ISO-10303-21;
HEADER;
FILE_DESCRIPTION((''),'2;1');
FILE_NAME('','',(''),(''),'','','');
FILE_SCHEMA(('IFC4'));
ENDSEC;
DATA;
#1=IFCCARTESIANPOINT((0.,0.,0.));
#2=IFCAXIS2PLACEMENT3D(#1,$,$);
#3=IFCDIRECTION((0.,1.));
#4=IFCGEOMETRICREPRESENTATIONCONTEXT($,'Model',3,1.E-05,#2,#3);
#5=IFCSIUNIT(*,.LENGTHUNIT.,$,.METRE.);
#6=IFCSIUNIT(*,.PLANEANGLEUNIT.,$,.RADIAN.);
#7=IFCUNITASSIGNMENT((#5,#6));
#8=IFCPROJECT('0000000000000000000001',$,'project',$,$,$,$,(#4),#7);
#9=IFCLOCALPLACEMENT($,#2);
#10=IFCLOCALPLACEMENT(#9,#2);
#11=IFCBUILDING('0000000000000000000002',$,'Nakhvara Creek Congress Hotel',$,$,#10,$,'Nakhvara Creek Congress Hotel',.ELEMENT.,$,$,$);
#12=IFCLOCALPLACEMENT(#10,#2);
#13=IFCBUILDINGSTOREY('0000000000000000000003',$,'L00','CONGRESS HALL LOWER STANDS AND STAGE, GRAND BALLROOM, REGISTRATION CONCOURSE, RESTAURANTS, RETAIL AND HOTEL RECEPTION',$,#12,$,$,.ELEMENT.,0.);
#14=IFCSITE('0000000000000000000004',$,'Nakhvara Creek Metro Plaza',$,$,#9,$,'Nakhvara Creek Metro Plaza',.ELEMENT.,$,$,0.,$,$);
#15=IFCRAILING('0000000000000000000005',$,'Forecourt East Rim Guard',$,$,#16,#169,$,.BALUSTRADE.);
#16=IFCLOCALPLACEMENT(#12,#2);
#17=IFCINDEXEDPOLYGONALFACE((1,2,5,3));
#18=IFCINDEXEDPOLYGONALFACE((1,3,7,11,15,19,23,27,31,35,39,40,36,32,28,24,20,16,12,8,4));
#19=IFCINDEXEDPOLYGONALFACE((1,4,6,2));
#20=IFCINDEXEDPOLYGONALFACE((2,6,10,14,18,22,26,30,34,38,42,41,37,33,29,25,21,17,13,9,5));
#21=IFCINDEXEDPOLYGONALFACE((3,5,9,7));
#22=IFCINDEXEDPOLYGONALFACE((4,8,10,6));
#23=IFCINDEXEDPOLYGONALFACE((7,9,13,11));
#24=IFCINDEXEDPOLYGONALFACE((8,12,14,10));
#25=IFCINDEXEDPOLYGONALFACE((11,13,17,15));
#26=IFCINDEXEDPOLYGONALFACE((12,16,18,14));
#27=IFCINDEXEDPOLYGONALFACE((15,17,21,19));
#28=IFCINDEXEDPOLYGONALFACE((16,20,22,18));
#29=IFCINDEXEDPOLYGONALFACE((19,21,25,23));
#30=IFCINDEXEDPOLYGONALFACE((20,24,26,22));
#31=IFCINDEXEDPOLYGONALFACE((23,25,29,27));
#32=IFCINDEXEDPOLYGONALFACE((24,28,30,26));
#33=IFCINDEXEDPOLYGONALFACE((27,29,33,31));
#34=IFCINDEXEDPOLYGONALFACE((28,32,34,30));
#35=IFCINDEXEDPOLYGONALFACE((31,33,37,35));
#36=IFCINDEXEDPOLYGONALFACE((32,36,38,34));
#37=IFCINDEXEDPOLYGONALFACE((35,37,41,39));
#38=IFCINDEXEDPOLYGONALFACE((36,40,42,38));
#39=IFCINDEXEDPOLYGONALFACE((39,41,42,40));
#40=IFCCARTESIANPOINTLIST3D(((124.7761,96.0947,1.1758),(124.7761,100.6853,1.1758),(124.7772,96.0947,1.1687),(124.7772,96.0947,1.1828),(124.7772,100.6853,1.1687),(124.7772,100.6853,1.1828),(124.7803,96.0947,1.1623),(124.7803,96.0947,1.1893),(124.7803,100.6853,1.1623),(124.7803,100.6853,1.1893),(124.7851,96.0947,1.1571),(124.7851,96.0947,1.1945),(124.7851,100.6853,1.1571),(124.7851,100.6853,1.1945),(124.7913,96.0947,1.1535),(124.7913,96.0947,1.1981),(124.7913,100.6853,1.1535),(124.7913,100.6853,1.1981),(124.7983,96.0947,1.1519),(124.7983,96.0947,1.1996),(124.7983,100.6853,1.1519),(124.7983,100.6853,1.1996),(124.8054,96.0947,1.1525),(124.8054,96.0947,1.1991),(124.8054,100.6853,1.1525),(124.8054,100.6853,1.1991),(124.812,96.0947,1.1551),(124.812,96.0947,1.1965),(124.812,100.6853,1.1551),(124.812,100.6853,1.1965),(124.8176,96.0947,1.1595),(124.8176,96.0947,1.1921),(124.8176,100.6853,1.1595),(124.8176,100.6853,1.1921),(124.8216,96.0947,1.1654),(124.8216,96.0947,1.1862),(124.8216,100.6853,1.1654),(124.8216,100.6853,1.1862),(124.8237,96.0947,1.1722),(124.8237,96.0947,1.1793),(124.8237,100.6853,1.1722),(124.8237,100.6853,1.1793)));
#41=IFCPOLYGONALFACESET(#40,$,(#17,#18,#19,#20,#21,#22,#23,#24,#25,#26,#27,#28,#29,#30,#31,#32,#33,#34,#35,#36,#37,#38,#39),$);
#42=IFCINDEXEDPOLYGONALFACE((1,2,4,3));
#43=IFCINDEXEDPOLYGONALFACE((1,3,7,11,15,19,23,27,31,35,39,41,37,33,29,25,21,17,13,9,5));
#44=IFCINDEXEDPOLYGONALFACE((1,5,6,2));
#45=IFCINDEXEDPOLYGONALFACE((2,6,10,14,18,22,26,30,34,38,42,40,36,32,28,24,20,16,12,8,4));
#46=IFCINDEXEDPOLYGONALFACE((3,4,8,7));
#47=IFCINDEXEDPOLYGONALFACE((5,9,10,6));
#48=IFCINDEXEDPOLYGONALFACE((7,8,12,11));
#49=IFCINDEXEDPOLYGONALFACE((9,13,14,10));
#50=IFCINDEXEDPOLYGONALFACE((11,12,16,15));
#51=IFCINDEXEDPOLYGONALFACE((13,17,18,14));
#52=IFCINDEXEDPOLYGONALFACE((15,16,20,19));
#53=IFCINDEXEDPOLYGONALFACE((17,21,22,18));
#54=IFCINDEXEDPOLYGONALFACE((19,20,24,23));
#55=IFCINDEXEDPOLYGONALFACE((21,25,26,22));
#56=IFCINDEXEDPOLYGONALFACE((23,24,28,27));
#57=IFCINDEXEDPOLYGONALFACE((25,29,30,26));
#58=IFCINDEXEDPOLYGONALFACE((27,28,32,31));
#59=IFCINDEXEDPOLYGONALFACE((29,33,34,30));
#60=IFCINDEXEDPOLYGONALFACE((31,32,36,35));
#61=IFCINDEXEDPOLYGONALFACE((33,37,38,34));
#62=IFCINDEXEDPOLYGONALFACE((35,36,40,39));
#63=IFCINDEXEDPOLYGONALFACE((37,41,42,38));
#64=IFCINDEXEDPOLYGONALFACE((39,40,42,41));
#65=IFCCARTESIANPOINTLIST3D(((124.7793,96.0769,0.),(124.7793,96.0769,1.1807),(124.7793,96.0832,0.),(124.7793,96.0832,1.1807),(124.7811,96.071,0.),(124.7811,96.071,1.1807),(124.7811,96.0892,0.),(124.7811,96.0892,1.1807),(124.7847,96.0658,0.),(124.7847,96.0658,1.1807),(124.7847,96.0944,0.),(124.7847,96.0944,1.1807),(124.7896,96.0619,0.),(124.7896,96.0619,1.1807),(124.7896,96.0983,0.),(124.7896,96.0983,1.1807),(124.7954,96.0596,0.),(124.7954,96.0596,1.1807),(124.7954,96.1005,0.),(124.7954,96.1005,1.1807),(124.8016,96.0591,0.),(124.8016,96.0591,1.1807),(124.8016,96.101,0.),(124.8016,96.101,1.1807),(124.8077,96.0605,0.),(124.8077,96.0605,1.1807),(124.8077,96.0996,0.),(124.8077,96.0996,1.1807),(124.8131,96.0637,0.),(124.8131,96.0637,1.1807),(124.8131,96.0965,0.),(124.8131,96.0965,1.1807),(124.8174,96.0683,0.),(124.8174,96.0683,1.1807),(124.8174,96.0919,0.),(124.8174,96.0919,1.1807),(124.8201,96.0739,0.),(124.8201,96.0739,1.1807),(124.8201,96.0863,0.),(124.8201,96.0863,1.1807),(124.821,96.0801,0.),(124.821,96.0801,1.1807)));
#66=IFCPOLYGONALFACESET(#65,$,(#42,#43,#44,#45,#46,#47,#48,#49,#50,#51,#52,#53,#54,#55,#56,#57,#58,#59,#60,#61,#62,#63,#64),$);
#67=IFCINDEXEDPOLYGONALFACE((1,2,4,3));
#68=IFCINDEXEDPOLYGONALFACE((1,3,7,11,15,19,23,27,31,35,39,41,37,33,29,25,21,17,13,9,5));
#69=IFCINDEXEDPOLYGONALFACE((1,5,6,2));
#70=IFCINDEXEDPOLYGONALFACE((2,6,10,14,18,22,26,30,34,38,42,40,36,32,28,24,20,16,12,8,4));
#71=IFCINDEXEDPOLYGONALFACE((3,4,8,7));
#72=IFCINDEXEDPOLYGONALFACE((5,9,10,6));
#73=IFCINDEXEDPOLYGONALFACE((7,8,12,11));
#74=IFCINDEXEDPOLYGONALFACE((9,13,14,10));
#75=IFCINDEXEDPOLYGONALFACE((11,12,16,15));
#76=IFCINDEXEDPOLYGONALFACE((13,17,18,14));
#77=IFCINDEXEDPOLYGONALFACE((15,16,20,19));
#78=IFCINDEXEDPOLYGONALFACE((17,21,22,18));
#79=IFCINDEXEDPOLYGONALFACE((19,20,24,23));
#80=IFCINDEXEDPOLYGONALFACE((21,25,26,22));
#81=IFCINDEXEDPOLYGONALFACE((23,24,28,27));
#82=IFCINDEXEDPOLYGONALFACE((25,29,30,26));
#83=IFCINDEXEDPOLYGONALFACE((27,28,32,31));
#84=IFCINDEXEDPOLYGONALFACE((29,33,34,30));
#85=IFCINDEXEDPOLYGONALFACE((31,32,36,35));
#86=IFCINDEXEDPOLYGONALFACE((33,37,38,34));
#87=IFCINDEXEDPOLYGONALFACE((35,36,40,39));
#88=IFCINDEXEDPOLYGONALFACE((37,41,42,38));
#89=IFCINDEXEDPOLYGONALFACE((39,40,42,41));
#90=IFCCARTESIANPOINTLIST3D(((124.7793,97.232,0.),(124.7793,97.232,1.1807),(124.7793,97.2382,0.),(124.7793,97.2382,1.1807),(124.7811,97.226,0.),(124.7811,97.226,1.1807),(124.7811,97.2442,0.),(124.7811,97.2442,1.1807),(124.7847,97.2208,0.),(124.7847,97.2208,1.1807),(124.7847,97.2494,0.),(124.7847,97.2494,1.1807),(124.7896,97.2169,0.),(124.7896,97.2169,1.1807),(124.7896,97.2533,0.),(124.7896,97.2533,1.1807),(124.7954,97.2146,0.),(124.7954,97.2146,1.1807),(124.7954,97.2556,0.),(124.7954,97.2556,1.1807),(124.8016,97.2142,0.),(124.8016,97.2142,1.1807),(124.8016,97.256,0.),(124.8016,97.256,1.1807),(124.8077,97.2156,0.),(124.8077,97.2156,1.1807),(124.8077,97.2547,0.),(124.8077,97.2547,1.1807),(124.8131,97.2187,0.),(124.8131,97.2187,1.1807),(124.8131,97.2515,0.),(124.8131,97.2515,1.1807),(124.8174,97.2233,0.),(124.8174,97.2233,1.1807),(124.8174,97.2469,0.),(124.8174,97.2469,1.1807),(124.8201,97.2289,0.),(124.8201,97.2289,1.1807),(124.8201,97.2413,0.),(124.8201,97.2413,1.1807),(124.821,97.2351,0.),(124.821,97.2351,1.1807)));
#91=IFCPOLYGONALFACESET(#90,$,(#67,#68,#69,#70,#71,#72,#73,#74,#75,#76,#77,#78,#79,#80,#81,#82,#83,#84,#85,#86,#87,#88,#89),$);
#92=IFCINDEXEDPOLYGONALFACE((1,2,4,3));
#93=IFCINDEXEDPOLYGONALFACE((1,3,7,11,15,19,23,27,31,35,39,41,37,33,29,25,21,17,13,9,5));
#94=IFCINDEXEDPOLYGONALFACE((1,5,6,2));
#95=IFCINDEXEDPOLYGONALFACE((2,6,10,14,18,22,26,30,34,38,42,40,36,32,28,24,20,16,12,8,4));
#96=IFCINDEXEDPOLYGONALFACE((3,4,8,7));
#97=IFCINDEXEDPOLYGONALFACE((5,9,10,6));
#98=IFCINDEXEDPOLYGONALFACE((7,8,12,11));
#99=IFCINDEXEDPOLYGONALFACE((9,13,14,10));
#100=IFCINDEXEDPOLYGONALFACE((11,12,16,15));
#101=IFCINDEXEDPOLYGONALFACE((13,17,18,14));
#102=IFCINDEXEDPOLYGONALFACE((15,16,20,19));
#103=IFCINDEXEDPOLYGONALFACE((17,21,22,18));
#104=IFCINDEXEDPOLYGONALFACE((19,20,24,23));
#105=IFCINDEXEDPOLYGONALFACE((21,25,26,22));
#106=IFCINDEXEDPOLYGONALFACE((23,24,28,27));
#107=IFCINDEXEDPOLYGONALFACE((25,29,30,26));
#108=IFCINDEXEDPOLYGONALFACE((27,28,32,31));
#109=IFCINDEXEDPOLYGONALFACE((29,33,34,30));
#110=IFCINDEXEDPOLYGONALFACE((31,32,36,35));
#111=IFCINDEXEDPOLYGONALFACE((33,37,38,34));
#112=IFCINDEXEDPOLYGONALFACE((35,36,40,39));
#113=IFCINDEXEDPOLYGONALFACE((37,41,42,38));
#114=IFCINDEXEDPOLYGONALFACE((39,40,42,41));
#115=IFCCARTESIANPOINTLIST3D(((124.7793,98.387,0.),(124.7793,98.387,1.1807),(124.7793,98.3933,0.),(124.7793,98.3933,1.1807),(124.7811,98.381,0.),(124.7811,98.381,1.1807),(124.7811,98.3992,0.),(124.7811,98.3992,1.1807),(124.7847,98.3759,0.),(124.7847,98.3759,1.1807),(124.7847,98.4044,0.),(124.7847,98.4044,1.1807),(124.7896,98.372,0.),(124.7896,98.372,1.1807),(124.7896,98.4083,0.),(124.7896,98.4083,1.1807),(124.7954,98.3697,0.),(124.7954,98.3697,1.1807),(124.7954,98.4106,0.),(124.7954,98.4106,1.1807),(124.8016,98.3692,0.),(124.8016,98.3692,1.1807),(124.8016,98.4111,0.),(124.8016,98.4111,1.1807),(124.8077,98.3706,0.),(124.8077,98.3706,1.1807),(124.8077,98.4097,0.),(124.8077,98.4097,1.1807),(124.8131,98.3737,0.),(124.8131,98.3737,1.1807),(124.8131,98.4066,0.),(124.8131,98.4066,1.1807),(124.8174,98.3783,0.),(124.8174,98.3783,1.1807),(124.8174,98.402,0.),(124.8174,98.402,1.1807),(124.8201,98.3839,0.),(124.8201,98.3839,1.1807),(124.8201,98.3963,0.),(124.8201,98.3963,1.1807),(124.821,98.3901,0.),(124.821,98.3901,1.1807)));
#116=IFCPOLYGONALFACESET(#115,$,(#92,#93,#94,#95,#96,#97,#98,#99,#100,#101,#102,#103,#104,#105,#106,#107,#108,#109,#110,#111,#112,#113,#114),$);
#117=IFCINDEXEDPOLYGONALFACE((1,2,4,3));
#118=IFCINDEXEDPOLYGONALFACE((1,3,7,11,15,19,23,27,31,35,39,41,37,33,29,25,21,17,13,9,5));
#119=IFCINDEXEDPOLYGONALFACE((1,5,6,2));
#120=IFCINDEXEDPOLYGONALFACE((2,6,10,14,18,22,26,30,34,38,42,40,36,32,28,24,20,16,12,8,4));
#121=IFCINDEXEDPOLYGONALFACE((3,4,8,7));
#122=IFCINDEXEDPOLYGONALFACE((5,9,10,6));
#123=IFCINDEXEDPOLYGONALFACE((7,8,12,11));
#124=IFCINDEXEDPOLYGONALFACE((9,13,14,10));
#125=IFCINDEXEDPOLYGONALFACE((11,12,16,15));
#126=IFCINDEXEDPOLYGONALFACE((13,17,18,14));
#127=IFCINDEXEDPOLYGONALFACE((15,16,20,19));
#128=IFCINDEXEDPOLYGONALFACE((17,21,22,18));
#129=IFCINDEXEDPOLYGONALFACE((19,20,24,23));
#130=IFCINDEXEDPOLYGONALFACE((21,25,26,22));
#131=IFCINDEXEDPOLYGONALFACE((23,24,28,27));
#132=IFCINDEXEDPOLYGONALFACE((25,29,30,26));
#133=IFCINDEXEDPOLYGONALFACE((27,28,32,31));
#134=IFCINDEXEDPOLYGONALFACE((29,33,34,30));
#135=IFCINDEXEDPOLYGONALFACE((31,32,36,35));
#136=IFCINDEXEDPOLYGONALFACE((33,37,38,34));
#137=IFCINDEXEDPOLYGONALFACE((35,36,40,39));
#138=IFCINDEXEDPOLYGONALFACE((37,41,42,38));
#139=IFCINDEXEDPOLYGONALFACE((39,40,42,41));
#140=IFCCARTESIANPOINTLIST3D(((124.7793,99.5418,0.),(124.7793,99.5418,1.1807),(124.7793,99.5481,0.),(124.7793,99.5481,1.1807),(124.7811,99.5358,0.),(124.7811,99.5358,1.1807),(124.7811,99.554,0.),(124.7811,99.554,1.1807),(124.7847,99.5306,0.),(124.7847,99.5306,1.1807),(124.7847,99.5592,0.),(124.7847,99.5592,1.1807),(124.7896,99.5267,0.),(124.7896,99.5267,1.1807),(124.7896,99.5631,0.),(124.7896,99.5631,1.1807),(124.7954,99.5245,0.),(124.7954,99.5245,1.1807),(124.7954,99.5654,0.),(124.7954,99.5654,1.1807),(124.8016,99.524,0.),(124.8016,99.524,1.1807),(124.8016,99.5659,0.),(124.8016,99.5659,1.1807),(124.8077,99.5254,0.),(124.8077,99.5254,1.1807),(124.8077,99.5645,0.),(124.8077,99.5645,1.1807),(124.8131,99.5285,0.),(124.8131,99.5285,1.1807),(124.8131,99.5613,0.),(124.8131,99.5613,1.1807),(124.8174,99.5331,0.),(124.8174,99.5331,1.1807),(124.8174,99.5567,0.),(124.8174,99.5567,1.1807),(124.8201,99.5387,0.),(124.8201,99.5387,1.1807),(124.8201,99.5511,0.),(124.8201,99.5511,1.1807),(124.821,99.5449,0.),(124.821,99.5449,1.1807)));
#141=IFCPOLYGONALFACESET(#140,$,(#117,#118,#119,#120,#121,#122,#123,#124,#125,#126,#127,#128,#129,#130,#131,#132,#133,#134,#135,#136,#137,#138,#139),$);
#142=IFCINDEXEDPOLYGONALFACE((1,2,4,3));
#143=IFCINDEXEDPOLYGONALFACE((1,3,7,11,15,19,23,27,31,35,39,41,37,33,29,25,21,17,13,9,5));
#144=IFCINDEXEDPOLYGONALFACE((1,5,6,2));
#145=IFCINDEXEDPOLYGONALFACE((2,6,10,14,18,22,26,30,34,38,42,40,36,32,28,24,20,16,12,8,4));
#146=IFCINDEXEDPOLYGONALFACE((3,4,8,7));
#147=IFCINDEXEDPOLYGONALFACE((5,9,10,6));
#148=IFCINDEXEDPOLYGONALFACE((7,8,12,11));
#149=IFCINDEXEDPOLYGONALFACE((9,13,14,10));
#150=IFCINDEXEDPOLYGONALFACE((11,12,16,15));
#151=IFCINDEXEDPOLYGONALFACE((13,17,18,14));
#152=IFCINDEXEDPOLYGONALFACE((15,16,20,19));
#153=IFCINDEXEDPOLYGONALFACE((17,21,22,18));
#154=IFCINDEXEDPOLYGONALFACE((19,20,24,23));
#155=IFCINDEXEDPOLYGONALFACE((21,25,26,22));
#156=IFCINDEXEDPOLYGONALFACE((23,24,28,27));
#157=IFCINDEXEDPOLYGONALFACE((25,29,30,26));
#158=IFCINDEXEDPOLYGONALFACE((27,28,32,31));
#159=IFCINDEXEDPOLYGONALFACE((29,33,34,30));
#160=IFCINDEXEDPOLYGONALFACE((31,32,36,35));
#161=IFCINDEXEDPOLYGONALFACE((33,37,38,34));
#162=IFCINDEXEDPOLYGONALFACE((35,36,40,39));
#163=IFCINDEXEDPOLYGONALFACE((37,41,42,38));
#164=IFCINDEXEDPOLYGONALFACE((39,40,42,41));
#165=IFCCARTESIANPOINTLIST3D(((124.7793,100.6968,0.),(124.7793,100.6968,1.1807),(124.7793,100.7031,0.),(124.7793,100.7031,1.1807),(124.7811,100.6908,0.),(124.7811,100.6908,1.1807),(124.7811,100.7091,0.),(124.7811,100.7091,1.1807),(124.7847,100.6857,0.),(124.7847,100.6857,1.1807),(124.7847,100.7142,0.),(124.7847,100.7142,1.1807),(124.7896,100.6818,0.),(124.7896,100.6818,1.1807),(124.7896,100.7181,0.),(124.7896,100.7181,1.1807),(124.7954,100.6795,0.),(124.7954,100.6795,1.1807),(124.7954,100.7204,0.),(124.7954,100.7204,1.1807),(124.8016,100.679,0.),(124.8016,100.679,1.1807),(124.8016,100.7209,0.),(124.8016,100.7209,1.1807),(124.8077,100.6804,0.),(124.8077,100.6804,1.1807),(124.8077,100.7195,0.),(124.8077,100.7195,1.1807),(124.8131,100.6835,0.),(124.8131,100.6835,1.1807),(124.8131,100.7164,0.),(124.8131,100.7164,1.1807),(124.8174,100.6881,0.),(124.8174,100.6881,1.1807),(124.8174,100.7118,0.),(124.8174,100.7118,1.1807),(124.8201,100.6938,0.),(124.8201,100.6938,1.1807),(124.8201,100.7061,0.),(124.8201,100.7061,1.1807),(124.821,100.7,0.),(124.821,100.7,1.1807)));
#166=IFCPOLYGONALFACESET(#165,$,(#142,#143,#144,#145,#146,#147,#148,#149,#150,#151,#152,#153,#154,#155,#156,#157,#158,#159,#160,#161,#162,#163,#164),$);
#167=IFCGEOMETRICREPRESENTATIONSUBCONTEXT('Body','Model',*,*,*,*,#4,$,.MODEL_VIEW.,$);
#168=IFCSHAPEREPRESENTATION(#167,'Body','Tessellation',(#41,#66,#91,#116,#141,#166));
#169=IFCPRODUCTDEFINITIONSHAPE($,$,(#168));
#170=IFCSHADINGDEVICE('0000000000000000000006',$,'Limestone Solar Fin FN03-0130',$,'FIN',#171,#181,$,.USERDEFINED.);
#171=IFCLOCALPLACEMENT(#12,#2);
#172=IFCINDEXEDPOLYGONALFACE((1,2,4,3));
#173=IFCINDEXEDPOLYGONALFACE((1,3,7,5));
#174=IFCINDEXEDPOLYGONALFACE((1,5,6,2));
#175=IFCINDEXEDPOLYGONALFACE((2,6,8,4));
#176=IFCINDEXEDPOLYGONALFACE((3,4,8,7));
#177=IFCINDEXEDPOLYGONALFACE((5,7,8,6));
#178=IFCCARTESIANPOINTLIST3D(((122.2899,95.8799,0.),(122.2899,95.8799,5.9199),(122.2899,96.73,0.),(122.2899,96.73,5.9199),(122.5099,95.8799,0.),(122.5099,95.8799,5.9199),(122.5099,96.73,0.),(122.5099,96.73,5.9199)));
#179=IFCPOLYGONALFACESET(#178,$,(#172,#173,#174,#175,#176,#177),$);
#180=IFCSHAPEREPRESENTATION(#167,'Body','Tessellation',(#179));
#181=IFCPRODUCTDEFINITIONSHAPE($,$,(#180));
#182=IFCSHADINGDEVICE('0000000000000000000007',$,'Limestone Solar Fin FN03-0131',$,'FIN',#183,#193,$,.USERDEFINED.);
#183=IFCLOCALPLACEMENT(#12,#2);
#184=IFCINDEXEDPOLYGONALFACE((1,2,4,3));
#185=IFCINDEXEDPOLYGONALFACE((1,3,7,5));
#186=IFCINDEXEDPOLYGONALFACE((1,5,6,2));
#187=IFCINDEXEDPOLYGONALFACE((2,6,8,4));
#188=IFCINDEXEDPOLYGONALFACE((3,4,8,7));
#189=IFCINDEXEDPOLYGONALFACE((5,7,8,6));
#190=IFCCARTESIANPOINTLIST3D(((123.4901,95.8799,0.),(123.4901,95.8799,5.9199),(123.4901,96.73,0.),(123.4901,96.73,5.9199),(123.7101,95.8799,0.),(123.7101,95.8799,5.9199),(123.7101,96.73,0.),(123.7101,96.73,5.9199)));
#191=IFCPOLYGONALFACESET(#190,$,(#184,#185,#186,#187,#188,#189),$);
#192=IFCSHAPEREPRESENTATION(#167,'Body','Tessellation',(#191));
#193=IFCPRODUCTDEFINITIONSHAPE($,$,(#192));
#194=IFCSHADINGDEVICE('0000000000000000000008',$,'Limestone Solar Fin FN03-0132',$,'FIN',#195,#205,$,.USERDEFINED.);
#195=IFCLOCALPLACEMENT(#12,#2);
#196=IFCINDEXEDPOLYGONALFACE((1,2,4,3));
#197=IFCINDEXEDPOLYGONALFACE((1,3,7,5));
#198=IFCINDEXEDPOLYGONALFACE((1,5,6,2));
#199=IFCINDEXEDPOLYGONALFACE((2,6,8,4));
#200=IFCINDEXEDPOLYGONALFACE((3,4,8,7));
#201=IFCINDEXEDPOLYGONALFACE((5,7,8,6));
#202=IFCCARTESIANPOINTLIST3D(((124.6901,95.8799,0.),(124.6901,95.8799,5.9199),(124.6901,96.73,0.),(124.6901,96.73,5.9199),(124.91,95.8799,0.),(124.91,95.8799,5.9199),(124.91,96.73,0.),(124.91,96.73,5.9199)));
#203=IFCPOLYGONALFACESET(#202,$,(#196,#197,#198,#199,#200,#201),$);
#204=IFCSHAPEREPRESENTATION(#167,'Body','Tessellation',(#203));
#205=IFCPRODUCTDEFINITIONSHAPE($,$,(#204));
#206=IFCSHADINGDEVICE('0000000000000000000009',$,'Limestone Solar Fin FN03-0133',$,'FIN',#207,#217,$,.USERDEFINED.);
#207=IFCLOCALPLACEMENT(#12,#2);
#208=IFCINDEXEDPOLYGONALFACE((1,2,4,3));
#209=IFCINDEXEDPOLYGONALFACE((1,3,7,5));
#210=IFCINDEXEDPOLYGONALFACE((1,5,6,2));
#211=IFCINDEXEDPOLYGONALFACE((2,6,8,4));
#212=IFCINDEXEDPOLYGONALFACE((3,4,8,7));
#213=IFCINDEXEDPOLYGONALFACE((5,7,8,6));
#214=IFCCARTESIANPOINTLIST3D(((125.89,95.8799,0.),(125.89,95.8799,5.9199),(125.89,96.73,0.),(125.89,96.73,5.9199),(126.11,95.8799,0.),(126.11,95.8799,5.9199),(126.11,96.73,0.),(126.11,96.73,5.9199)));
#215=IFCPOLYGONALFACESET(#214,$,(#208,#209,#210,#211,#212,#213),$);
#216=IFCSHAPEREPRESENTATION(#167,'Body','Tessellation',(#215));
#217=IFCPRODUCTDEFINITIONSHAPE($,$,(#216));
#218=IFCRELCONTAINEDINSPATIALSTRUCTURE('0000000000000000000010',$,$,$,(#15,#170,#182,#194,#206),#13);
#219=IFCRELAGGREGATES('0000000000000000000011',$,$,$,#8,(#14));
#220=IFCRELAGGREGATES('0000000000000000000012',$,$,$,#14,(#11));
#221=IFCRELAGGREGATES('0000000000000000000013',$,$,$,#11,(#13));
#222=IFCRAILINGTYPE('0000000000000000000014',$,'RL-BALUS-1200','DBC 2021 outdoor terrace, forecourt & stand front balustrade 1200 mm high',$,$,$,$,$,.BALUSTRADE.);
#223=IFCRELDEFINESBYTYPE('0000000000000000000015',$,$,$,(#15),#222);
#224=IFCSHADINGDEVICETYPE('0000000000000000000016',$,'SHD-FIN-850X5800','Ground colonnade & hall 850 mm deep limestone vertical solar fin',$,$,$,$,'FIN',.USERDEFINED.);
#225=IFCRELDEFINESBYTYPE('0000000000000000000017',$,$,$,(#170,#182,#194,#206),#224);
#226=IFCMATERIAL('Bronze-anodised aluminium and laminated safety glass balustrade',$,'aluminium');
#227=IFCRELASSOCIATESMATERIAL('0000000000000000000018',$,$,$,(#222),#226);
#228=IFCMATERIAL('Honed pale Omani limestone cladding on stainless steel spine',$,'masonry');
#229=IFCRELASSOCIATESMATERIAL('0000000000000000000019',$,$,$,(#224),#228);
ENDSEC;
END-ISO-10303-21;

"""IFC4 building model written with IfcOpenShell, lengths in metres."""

from ifc_helpers import new_model, si_unit, direction, frame, origin, origin_2d, place, context, subcontext, project, spatial, rectangle, circle, extrude, material, type_object, element, save


model = new_model("IFC4")

# Units and contexts
model_context = context("Model", 3, precision=1e-05, world=origin(), true_north=direction((0.0, 1.0)))
body_context = subcontext(model_context, "Body", "Model", "MODEL_VIEW")
ifc_project = project(units=[si_unit("LENGTHUNIT", "METRE"), si_unit("PLANEANGLEUNIT", "RADIAN")], contexts=[model_context])

# Site, building, storey
site_placement = place(None, origin())
site = spatial("IfcSite", under=ifc_project, at=site_placement, Name="Nakhvara Creek Metro Plaza", LongName="Nakhvara Creek Metro Plaza", CompositionType="ELEMENT", RefElevation=0.0)
building_placement = place(site_placement, origin())
building = spatial("IfcBuilding", under=site, at=building_placement, Name="Nakhvara Creek Congress Hotel", LongName="Nakhvara Creek Congress Hotel", CompositionType="ELEMENT")
storey_placement = place(building_placement, origin())
storey = spatial("IfcBuildingStorey", under=building, at=storey_placement, Name="L00", Description="CONGRESS HALL LOWER STANDS AND STAGE, GRAND BALLROOM, REGISTRATION CONCOURSE, RESTAURANTS, RETAIL AND HOTEL RECEPTION", CompositionType="ELEMENT", Elevation=0.0)

# Railing
ifc_material_1 = material(Name="Bronze-anodised aluminium and laminated safety glass balustrade", Category="aluminium")
railing_type = type_object("IfcRailingType", Name="RL-BALUS-1200", Description="DBC 2021 outdoor terrace, forecourt & stand front balustrade 1200 mm high", PredefinedType="BALUSTRADE", material=ifc_material_1)
railing_1_placement = place(storey_placement, frame((124.8, 96.0801, 0.0)))
element("IfcRailing", 1, at=railing_1_placement, inside=storey, type_object=railing_type, Name="Forecourt East Rim Guard", PredefinedType="BALUSTRADE", context=body_context, shape_type="SweptSolid", body=[
    extrude(circle(Radius=0.0239, at=origin_2d()), frame((0.0, 0.0146, 1.1758), z_axis=(0.0, 1.0, 0.0), x_axis=(-1.0, 0.0, 0.0)), (0.0, 0.0, 1.0), 4.5906),
    extrude(circle(Radius=0.021, at=origin_2d()), origin(), (0.0, 0.0, 1.0), 1.1807),
    extrude(circle(Radius=0.021, at=origin_2d()), frame((0.0, 1.155, 0.0)), (0.0, 0.0, 1.0), 1.1807),
    extrude(circle(Radius=0.021, at=origin_2d()), frame((0.0, 2.3101, 0.0)), (0.0, 0.0, 1.0), 1.1807),
    extrude(circle(Radius=0.021, at=origin_2d()), frame((0.0, 3.4648, 0.0)), (0.0, 0.0, 1.0), 1.1807),
    extrude(circle(Radius=0.021, at=origin_2d()), frame((0.0, 4.6199, 0.0)), (0.0, 0.0, 1.0), 1.1807),
])

# Shading devices
ifc_material_2 = material(Name="Honed pale Omani limestone cladding on stainless steel spine", Category="masonry")
shading_device_type = type_object("IfcShadingDeviceType", Name="SHD-FIN-850X5800", Description="Ground colonnade & hall 850 mm deep limestone vertical solar fin", ElementType="FIN", PredefinedType="USERDEFINED", material=ifc_material_2)
for number, where, z_axis, x_axis, name in (
    (2, (122.3999, 96.3049, 0.0), (0.0, 0.0, 1.0), (1.0, 0.0, 0.0), "Limestone Solar Fin FN03-0130"),
    (3, (123.6001, 96.3049, 0.0), (0.0, 0.0, 1.0), (1.0, 0.0, 0.0), "Limestone Solar Fin FN03-0131"),
    (4, (124.8, 96.3049, 0.0), (0.0, 0.0, 1.0), (1.0, 0.0, 0.0), "Limestone Solar Fin FN03-0132"),
    (5, (126.0, 96.3049, 0.0), (0.0, 0.0, 1.0), (1.0, 0.0, 0.0), "Limestone Solar Fin FN03-0133"),
):
    element("IfcShadingDevice", number, at=place(storey_placement, frame(where, z_axis=z_axis, x_axis=x_axis)), inside=storey, type_object=shading_device_type, Name=name, ObjectType="FIN", PredefinedType="USERDEFINED", context=body_context, shape_type="SweptSolid", body=[
        extrude(rectangle(XDim=0.22, YDim=0.8501, at=origin_2d()), origin(), (0.0, 0.0, 1.0), 5.9199),
    ])

save(model, "model.ifc")
